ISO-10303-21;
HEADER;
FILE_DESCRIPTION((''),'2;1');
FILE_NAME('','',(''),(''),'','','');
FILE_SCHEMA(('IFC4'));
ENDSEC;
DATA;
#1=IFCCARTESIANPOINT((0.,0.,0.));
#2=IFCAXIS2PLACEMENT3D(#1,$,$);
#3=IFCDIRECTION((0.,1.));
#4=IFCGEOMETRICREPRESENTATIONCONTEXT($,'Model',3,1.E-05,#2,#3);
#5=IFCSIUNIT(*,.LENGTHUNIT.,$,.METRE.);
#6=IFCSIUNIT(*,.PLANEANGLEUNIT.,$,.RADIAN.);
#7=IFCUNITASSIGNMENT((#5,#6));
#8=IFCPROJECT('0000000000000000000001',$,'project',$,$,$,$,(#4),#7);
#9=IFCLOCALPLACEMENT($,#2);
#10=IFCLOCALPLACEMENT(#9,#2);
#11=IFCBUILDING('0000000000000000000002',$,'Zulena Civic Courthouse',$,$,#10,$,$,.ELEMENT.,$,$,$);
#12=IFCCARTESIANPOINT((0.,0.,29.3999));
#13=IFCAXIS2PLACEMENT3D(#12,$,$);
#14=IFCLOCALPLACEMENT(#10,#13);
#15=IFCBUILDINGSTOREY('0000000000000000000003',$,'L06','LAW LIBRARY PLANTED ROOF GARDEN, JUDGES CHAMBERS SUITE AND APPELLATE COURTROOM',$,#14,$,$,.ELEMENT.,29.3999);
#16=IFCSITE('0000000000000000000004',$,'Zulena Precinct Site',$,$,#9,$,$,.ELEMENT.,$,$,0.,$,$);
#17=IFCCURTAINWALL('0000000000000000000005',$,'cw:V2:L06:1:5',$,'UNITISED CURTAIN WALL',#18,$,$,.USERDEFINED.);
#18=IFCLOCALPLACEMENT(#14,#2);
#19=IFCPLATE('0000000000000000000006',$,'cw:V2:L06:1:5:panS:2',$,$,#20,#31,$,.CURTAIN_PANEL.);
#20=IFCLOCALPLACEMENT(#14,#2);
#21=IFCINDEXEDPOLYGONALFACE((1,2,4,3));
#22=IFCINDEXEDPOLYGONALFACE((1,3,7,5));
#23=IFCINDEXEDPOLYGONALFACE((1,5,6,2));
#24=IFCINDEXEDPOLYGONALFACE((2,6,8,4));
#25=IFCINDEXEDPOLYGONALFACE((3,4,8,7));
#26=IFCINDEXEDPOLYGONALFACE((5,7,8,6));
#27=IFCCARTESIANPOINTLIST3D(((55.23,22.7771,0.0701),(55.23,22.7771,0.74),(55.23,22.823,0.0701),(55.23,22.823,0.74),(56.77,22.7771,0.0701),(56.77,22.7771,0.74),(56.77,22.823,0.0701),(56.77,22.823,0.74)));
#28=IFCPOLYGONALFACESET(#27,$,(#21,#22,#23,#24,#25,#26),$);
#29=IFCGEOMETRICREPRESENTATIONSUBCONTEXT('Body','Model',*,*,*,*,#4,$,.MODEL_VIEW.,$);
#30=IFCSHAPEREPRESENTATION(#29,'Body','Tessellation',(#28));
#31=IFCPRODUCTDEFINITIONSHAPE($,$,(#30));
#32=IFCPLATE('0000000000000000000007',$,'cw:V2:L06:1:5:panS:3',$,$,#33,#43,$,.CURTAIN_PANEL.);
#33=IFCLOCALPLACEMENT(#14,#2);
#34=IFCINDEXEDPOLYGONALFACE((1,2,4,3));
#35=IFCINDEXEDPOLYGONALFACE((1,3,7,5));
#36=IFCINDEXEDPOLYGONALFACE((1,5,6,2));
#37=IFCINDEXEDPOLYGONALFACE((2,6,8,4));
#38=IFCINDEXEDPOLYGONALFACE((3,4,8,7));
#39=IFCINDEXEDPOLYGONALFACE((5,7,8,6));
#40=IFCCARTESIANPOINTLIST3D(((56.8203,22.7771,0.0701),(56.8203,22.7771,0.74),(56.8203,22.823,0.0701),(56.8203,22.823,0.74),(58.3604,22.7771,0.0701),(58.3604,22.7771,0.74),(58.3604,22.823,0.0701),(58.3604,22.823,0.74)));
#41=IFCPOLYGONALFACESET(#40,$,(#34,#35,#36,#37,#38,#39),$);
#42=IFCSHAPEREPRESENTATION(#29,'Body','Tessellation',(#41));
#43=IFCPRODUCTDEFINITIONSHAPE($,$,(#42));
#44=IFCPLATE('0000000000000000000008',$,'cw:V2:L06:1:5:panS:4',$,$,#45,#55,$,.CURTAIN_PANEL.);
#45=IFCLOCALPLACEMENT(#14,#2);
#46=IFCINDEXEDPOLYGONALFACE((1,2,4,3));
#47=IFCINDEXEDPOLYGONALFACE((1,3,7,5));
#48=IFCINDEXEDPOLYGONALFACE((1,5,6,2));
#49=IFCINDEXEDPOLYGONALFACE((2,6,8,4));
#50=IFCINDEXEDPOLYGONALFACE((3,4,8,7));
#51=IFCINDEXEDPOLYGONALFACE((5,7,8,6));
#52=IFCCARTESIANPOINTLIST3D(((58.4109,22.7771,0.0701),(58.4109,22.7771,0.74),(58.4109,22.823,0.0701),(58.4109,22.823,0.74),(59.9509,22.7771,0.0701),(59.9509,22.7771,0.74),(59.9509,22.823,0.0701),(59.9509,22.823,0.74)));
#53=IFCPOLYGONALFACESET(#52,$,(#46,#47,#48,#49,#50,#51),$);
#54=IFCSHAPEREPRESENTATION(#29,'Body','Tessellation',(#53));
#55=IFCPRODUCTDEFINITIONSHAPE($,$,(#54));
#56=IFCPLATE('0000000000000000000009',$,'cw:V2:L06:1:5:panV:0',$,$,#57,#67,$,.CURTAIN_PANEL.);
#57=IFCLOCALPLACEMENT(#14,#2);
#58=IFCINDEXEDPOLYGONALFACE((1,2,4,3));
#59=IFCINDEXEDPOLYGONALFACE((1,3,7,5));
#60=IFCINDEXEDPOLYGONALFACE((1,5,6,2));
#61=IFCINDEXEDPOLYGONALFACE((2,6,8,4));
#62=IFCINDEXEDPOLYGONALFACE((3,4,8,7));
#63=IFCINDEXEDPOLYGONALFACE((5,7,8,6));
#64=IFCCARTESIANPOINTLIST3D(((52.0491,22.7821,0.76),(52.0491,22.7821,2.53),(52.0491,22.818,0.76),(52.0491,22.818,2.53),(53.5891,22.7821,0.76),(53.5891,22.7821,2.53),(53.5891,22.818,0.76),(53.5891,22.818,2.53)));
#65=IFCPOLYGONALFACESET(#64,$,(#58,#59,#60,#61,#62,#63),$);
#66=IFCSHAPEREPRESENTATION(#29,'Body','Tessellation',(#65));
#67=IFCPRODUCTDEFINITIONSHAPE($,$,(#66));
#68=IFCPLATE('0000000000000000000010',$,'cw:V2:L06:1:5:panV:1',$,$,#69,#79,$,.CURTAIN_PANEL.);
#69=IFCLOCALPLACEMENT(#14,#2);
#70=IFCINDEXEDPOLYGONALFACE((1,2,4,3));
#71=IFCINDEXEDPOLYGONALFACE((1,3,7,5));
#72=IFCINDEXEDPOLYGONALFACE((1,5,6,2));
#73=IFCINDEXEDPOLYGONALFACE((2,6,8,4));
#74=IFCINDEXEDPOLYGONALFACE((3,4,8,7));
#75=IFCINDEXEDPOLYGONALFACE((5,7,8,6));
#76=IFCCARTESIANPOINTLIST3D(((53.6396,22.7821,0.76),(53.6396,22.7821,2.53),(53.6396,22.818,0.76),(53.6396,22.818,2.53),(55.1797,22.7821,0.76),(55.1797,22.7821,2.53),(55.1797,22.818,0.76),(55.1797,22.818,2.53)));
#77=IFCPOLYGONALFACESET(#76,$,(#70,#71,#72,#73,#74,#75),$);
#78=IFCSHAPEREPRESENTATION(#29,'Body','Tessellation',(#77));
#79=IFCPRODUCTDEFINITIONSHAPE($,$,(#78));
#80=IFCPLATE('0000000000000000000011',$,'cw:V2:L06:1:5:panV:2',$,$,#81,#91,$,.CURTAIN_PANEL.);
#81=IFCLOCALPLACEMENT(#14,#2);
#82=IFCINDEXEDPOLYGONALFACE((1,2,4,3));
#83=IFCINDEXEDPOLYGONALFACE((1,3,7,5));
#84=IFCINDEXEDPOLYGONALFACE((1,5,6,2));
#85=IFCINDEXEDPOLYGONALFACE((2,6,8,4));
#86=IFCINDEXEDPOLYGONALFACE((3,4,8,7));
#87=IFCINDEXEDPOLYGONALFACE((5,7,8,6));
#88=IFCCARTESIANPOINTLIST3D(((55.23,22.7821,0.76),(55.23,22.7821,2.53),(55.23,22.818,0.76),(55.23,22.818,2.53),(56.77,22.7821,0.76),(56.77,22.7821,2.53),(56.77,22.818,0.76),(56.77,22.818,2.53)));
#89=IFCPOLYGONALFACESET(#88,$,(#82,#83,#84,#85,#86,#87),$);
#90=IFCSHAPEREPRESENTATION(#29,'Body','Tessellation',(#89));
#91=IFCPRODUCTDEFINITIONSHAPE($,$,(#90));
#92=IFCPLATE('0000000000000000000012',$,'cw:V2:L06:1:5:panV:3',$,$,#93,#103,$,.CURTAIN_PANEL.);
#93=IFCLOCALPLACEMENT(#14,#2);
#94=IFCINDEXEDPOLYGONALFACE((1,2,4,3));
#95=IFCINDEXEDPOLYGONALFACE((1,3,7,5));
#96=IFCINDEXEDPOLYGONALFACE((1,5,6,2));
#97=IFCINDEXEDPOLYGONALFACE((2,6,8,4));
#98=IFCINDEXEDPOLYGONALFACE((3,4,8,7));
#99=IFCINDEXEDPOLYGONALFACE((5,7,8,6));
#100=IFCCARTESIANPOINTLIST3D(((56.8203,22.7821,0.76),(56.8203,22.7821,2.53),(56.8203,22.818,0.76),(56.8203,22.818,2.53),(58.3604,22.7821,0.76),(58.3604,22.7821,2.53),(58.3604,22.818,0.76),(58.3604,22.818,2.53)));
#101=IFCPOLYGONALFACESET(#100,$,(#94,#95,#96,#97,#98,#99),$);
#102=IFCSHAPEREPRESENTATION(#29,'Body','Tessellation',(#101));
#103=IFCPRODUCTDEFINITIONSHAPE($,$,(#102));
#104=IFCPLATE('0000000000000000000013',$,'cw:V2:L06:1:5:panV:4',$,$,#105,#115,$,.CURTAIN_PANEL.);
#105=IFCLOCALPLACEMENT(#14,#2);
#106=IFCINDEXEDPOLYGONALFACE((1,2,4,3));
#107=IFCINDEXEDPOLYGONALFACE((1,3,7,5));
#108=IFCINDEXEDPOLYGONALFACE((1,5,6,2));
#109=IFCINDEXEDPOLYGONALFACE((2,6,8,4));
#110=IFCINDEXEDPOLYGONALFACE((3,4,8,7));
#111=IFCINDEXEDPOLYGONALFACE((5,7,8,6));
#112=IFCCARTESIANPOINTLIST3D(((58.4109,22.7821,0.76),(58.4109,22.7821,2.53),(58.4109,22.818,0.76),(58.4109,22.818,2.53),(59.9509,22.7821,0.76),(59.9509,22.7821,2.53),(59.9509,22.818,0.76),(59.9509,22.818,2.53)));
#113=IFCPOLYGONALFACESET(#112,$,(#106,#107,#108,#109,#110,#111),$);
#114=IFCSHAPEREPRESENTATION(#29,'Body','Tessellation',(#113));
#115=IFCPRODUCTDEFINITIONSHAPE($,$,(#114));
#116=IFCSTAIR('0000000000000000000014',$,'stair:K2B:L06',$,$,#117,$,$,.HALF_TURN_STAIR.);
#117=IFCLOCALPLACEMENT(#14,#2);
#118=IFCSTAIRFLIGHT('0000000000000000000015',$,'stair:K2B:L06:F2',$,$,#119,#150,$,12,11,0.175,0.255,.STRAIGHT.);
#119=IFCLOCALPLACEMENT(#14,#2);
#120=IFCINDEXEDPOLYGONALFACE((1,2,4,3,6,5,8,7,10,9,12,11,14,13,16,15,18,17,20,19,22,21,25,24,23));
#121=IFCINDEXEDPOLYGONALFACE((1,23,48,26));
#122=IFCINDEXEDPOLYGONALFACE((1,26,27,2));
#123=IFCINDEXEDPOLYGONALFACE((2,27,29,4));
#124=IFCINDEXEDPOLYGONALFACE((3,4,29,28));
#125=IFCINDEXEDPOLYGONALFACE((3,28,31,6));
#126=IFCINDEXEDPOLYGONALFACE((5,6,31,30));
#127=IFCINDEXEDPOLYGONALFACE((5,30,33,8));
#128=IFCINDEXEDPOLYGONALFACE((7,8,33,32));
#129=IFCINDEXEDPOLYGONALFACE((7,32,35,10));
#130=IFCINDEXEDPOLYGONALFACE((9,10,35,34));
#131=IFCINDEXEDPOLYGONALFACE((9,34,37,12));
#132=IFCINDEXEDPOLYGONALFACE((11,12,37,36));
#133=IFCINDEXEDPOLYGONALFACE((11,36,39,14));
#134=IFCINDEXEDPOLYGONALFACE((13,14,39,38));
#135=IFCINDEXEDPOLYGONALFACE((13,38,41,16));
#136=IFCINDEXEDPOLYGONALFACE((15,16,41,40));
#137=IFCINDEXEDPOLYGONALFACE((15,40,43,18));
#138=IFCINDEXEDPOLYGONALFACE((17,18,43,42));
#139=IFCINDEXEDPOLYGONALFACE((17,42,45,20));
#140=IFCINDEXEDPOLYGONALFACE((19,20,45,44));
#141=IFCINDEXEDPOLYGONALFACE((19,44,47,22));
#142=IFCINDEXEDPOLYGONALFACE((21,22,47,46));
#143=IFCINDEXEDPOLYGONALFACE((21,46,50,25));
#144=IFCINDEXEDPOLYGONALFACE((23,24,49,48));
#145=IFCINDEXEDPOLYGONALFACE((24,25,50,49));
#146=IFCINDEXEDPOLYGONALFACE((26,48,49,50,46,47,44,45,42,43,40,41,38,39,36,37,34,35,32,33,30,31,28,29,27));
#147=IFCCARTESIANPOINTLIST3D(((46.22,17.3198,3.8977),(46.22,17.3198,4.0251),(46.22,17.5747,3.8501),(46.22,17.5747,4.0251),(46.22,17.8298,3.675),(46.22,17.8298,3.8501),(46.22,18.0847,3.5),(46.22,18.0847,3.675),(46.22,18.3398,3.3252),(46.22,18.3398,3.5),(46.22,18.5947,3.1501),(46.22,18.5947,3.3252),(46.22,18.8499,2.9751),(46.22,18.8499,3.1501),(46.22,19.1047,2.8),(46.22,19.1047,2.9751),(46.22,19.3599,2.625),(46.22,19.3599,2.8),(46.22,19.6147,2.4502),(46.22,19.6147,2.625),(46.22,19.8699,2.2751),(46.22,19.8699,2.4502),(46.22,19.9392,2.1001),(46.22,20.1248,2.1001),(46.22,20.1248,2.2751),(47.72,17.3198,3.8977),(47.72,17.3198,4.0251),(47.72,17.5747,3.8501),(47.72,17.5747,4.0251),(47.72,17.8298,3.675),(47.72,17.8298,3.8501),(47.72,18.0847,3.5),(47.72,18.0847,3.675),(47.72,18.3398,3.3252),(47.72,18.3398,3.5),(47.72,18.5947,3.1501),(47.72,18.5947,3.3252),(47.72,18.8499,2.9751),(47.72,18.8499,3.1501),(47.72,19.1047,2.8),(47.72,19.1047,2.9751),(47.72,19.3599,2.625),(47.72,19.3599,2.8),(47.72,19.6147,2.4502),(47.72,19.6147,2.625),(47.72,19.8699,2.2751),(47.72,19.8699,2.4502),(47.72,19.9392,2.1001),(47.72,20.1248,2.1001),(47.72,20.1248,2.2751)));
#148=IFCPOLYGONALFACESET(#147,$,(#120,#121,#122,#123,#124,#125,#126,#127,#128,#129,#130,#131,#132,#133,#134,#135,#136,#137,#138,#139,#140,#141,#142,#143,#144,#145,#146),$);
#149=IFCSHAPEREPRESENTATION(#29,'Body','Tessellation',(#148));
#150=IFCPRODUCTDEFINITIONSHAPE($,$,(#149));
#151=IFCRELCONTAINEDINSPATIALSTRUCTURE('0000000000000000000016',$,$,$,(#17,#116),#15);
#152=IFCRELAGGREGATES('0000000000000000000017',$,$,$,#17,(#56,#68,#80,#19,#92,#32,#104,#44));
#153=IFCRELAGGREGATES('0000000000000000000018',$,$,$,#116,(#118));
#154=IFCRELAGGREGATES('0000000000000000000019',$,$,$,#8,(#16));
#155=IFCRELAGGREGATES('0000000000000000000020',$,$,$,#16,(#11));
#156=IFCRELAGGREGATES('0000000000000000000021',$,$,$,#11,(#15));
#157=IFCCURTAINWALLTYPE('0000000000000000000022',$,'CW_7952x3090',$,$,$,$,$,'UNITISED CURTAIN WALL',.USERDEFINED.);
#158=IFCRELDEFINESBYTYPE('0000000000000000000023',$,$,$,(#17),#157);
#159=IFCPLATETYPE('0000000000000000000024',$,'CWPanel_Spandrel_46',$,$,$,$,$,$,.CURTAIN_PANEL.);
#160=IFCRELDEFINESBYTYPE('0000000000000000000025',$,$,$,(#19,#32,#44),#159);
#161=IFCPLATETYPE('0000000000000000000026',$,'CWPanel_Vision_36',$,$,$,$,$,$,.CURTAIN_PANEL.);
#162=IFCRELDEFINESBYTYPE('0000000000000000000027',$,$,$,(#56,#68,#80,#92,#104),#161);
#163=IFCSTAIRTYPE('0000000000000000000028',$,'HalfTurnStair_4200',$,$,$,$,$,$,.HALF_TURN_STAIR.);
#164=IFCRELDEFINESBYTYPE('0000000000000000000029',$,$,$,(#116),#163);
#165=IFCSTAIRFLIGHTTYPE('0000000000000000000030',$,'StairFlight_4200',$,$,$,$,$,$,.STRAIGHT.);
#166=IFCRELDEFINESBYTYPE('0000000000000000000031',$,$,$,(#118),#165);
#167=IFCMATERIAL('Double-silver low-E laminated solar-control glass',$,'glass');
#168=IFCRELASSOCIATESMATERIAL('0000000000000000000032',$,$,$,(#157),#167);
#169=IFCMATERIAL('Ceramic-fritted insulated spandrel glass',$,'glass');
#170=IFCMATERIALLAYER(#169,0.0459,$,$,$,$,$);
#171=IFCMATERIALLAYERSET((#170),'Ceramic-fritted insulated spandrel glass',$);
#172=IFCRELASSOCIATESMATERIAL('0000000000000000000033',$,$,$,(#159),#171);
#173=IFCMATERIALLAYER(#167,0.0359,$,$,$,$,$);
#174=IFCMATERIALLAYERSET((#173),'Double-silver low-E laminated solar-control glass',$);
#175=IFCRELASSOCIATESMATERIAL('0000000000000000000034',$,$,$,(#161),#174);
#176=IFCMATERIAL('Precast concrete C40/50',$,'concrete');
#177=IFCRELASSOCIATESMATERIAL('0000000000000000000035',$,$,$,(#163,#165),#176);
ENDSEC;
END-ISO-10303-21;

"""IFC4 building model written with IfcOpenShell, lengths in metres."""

from ifc_helpers import new_model, si_unit, direction, frame, origin, origin_2d, place, context, subcontext, project, spatial, polyline, rectangle, outline, extrude, material, layer, layer_set, type_object, element, aggregate, save


model = new_model("IFC4")

# Units and contexts
model_context = context("Model", 3, precision=1e-05, world=origin(), true_north=direction((0.0, 1.0)))
body_context = subcontext(model_context, "Body", "Model", "MODEL_VIEW")
ifc_project = project(units=[si_unit("LENGTHUNIT", "METRE"), si_unit("PLANEANGLEUNIT", "RADIAN")], contexts=[model_context])

# Site, building, storey
site_placement = place(None, origin())
site = spatial("IfcSite", under=ifc_project, at=site_placement, Name="Zulena Precinct Site", CompositionType="ELEMENT", RefElevation=0.0)
building_placement = place(site_placement, origin())
building = spatial("IfcBuilding", under=site, at=building_placement, Name="Zulena Civic Courthouse", CompositionType="ELEMENT")
storey_placement = place(building_placement, frame((0.0, 0.0, 29.3999)))
storey = spatial("IfcBuildingStorey", under=building, at=storey_placement, Name="L06", Description="LAW LIBRARY PLANTED ROOF GARDEN, JUDGES CHAMBERS SUITE AND APPELLATE COURTROOM", CompositionType="ELEMENT", Elevation=29.3999)

# Curtain wall
ifc_material_1 = material(Name="Double-silver low-E laminated solar-control glass", Category="glass")
curtain_wall_type = type_object("IfcCurtainWallType", Name="CW_7952x3090", ElementType="UNITISED CURTAIN WALL", PredefinedType="USERDEFINED", material=ifc_material_1)
curtain_wall_placement = place(storey_placement, origin())
curtain_wall = element("IfcCurtainWall", 1, at=curtain_wall_placement, inside=storey, type_object=curtain_wall_type, Name="cw:V2:L06:1:5", ObjectType="UNITISED CURTAIN WALL", PredefinedType="USERDEFINED")

# Plates
ifc_material_2 = material(Name="Ceramic-fritted insulated spandrel glass", Category="glass")
ifc_layer_1 = layer(ifc_material_2, 0.0459)
ifc_layer_set_1 = layer_set([ifc_layer_1], Name="Ceramic-fritted insulated spandrel glass")
plate_type_1 = type_object("IfcPlateType", Name="CWPanel_Spandrel_46", PredefinedType="CURTAIN_PANEL", material=ifc_layer_set_1)
plate_1_placement = place(storey_placement, frame((56.0, 22.8, 0.0701), z_axis=(0.0, 0.0, 1.0), x_axis=(1.0, 0.0, 0.0)))
plate_1 = element("IfcPlate", 2, at=plate_1_placement, type_object=plate_type_1, Name="cw:V2:L06:1:5:panS:2", PredefinedType="CURTAIN_PANEL", context=body_context, shape_type="SweptSolid", body=[
    extrude(rectangle(XDim=1.54, YDim=0.0459, at=origin_2d()), origin(), (0.0, 0.0, 1.0), 0.6699),
])
plate_2_placement = place(storey_placement, frame((57.5903, 22.8, 0.0701), z_axis=(0.0, 0.0, 1.0), x_axis=(1.0, 0.0, 0.0)))
plate_2 = element("IfcPlate", 3, at=plate_2_placement, type_object=plate_type_1, Name="cw:V2:L06:1:5:panS:3", PredefinedType="CURTAIN_PANEL", context=body_context, shape_type="SweptSolid", body=[
    extrude(rectangle(XDim=1.54, YDim=0.0459, at=origin_2d()), origin(), (0.0, 0.0, 1.0), 0.6699),
])
plate_3_placement = place(storey_placement, frame((59.1809, 22.8, 0.0701), z_axis=(0.0, 0.0, 1.0), x_axis=(1.0, 0.0, 0.0)))
plate_3 = element("IfcPlate", 4, at=plate_3_placement, type_object=plate_type_1, Name="cw:V2:L06:1:5:panS:4", PredefinedType="CURTAIN_PANEL", context=body_context, shape_type="SweptSolid", body=[
    extrude(rectangle(XDim=1.54, YDim=0.0459, at=origin_2d()), origin(), (0.0, 0.0, 1.0), 0.6699),
])
ifc_layer_2 = layer(ifc_material_1, 0.0359)
ifc_layer_set_2 = layer_set([ifc_layer_2], Name="Double-silver low-E laminated solar-control glass")
plate_type_2 = type_object("IfcPlateType", Name="CWPanel_Vision_36", PredefinedType="CURTAIN_PANEL", material=ifc_layer_set_2)
plate_4_placement = place(storey_placement, frame((52.8191, 22.8, 0.76), z_axis=(0.0, 0.0, 1.0), x_axis=(1.0, 0.0, 0.0)))
plate_4 = element("IfcPlate", 5, at=plate_4_placement, type_object=plate_type_2, Name="cw:V2:L06:1:5:panV:0", PredefinedType="CURTAIN_PANEL", context=body_context, shape_type="SweptSolid", body=[
    extrude(rectangle(XDim=1.54, YDim=0.0359, at=origin_2d()), origin(), (0.0, 0.0, 1.0), 1.77),
])
plate_5_placement = place(storey_placement, frame((54.4097, 22.8, 0.76), z_axis=(0.0, 0.0, 1.0), x_axis=(1.0, 0.0, 0.0)))
plate_5 = element("IfcPlate", 6, at=plate_5_placement, type_object=plate_type_2, Name="cw:V2:L06:1:5:panV:1", PredefinedType="CURTAIN_PANEL", context=body_context, shape_type="SweptSolid", body=[
    extrude(rectangle(XDim=1.54, YDim=0.0359, at=origin_2d()), origin(), (0.0, 0.0, 1.0), 1.77),
])
plate_6_placement = place(storey_placement, frame((56.0, 22.8, 0.76), z_axis=(0.0, 0.0, 1.0), x_axis=(1.0, 0.0, 0.0)))
plate_6 = element("IfcPlate", 7, at=plate_6_placement, type_object=plate_type_2, Name="cw:V2:L06:1:5:panV:2", PredefinedType="CURTAIN_PANEL", context=body_context, shape_type="SweptSolid", body=[
    extrude(rectangle(XDim=1.54, YDim=0.0359, at=origin_2d()), origin(), (0.0, 0.0, 1.0), 1.77),
])
plate_7_placement = place(storey_placement, frame((57.5903, 22.8, 0.76), z_axis=(0.0, 0.0, 1.0), x_axis=(1.0, 0.0, 0.0)))
plate_7 = element("IfcPlate", 8, at=plate_7_placement, type_object=plate_type_2, Name="cw:V2:L06:1:5:panV:3", PredefinedType="CURTAIN_PANEL", context=body_context, shape_type="SweptSolid", body=[
    extrude(rectangle(XDim=1.54, YDim=0.0359, at=origin_2d()), origin(), (0.0, 0.0, 1.0), 1.77),
])
plate_8_placement = place(storey_placement, frame((59.1809, 22.8, 0.76), z_axis=(0.0, 0.0, 1.0), x_axis=(1.0, 0.0, 0.0)))
plate_8 = element("IfcPlate", 9, at=plate_8_placement, type_object=plate_type_2, Name="cw:V2:L06:1:5:panV:4", PredefinedType="CURTAIN_PANEL", context=body_context, shape_type="SweptSolid", body=[
    extrude(rectangle(XDim=1.54, YDim=0.0359, at=origin_2d()), origin(), (0.0, 0.0, 1.0), 1.77),
])
aggregate(curtain_wall, [plate_4, plate_5, plate_6, plate_1, plate_7, plate_2, plate_8, plate_3])

# Stair, stair flight
ifc_material_3 = material(Name="Precast concrete C40/50", Category="concrete")
stair_type = type_object("IfcStairType", Name="HalfTurnStair_4200", PredefinedType="HALF_TURN_STAIR", material=ifc_material_3)
stair_placement = place(storey_placement, origin())
stair = element("IfcStair", 10, at=stair_placement, inside=storey, type_object=stair_type, Name="stair:K2B:L06", PredefinedType="HALF_TURN_STAIR")
stair_flight_type = type_object("IfcStairFlightType", Name="StairFlight_4200", PredefinedType="STRAIGHT", material=ifc_material_3)
stair_flight_placement = place(storey_placement, frame((46.97, 20.1248, 2.1001), z_axis=(0.0, 0.0, 1.0), x_axis=(0.0, -1.0, 0.0)))
stair_flight = element("IfcStairFlight", 11, at=stair_flight_placement, type_object=stair_flight_type, Name="stair:K2B:L06:F2", NumberOfRisers=12, NumberOfTreads=11, PredefinedType="STRAIGHT", RiserHeight=0.175, TreadLength=0.255, context=body_context, shape_type="SweptSolid", body=[
    extrude(outline(polyline([(0.0, 0.0), (0.0, 0.175), (0.2549, 0.175), (0.2549, 0.3501), (0.51, 0.3501), (0.51, 0.5249), (0.7649, 0.5249), (0.7649, 0.7), (1.02, 0.7), (1.02, 0.875), (1.2749, 0.875), (1.2749, 1.05), (1.53, 1.05), (1.53, 1.2251), (1.7849, 1.2251), (1.7849, 1.3999), (2.04, 1.3999), (2.04, 1.575), (2.2949, 1.575), (2.2949, 1.75), (2.55, 1.75), (2.55, 1.925), (2.8049, 1.925), (2.8049, 2.1001), (2.8049, 1.7976), (0.1855, 0.0), (0.0, 0.0)])), frame((0.0, 0.75, 0.0), z_axis=(0.0, -1.0, 0.0), x_axis=(1.0, 0.0, 0.0)), (0.0, 0.0, 1.0), 1.5),
])
aggregate(stair, [stair_flight])

save(model, "model.ifc")
